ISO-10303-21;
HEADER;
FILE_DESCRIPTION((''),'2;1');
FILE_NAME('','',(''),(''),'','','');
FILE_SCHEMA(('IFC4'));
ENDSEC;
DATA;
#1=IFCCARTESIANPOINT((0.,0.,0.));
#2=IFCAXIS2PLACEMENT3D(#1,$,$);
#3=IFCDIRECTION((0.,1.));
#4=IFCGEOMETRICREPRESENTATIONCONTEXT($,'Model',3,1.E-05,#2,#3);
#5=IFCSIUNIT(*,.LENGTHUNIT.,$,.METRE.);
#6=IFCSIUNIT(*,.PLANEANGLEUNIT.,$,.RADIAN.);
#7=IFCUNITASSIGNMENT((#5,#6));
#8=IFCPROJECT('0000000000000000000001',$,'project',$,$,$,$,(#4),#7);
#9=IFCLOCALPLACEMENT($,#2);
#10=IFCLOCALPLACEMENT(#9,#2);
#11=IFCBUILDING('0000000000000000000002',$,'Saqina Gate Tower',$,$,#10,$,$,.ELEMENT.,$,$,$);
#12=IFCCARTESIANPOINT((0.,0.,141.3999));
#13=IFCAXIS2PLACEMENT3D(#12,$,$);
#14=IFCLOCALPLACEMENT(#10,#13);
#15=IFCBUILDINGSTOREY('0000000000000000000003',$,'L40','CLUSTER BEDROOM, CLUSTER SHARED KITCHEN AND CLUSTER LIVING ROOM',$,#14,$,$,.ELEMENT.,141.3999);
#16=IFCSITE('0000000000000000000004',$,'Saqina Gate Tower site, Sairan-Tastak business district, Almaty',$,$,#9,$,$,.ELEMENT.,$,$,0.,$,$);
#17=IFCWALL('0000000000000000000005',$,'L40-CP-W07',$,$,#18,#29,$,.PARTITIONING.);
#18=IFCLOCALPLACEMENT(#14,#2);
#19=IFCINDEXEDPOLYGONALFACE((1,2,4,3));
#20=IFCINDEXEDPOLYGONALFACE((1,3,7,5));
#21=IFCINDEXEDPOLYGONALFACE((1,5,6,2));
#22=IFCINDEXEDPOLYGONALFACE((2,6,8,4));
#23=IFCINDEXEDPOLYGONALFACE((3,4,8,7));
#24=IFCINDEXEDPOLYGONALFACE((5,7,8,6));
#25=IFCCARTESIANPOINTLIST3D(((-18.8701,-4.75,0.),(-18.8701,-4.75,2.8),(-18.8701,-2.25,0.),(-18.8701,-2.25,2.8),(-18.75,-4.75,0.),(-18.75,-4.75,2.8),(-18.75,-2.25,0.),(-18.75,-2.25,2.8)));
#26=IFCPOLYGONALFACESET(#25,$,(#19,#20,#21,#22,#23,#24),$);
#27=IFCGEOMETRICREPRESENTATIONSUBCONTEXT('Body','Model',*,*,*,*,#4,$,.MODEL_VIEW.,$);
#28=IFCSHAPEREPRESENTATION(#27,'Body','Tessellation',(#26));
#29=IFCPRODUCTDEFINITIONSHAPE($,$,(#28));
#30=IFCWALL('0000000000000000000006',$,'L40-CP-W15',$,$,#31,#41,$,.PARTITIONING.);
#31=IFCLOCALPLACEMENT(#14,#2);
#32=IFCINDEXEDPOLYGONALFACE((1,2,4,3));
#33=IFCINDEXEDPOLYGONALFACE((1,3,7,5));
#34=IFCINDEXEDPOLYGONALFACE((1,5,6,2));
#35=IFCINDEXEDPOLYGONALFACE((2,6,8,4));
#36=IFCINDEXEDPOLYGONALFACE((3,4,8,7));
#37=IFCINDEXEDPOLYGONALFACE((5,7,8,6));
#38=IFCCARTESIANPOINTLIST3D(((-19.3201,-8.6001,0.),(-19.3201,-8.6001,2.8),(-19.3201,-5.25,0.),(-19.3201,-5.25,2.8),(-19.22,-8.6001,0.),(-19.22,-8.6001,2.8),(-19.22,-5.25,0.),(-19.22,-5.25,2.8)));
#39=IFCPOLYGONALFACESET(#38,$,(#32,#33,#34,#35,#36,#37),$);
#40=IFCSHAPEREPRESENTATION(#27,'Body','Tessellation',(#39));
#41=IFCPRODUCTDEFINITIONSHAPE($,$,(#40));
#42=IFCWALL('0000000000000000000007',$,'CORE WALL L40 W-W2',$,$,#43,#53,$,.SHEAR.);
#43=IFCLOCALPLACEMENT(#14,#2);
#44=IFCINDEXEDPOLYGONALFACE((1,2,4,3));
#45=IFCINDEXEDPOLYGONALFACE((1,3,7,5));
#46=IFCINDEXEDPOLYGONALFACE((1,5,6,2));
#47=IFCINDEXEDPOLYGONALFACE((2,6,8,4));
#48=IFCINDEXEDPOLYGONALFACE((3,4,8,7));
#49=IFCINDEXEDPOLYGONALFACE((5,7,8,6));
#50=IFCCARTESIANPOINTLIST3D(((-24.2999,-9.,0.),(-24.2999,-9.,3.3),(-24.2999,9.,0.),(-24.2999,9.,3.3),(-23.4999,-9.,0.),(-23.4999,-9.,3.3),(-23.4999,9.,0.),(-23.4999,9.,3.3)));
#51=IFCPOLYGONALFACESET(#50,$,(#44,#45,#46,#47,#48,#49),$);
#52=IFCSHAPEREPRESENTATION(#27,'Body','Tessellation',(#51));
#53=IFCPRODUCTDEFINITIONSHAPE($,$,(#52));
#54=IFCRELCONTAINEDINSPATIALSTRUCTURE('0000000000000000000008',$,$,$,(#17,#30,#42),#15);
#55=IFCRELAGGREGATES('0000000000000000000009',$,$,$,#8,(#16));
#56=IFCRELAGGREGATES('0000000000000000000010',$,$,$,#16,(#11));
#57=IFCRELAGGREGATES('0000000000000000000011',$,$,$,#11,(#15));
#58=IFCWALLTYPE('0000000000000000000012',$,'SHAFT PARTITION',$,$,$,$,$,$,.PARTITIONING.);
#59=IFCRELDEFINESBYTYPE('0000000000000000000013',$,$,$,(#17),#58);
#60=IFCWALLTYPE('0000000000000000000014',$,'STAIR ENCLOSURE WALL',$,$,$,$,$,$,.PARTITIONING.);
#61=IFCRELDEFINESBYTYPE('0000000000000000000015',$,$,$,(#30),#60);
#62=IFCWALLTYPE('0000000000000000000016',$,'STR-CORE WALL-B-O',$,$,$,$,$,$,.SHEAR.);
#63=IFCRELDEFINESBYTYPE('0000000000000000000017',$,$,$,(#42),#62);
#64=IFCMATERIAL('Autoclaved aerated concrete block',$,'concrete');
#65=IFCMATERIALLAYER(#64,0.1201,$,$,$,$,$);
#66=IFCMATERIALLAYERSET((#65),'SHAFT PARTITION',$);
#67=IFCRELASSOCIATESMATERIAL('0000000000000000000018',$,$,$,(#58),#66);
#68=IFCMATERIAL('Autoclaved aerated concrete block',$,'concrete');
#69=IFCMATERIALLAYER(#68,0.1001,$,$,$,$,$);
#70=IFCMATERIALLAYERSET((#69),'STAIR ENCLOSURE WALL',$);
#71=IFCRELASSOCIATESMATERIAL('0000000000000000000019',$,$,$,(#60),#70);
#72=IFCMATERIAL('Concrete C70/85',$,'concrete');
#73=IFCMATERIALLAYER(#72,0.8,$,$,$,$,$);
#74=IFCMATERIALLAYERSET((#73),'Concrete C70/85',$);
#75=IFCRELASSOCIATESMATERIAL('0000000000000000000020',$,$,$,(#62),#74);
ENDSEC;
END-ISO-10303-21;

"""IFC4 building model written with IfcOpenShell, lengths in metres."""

from ifc_helpers import new_model, si_unit, direction, frame, frame_2d, origin, place, context, subcontext, project, spatial, rectangle, extrude, material, layer, layer_set, type_object, element, save


model = new_model("IFC4")

# Units and contexts
model_context = context("Model", 3, precision=1e-05, world=origin(), true_north=direction((0.0, 1.0)))
body_context = subcontext(model_context, "Body", "Model", "MODEL_VIEW")
ifc_project = project(units=[si_unit("LENGTHUNIT", "METRE"), si_unit("PLANEANGLEUNIT", "RADIAN")], contexts=[model_context])

# Site, building, storey
site_placement = place(None, origin())
site = spatial("IfcSite", under=ifc_project, at=site_placement, Name="Saqina Gate Tower site, Sairan-Tastak business district, Almaty", CompositionType="ELEMENT", RefElevation=0.0)
building_placement = place(site_placement, origin())
building = spatial("IfcBuilding", under=site, at=building_placement, Name="Saqina Gate Tower", CompositionType="ELEMENT")
storey_placement = place(building_placement, frame((0.0, 0.0, 141.3999)))
storey = spatial("IfcBuildingStorey", under=building, at=storey_placement, Name="L40", Description="CLUSTER BEDROOM, CLUSTER SHARED KITCHEN AND CLUSTER LIVING ROOM", CompositionType="ELEMENT", Elevation=141.3999)

# Walls
ifc_material_1 = material(Name="Autoclaved aerated concrete block", Category="concrete")
ifc_layer_1 = layer(ifc_material_1, 0.1201)
ifc_layer_set_1 = layer_set([ifc_layer_1], Name="SHAFT PARTITION")
wall_type_1 = type_object("IfcWallType", Name="SHAFT PARTITION", PredefinedType="PARTITIONING", material=ifc_layer_set_1)
wall_1_placement = place(storey_placement, frame((-18.8101, -4.75, 0.0), z_axis=(0.0, 0.0, 1.0), x_axis=(0.0, 1.0, 0.0)))
element("IfcWall", 1, at=wall_1_placement, inside=storey, type_object=wall_type_1, Name="L40-CP-W07", PredefinedType="PARTITIONING", context=body_context, shape_type="SweptSolid", body=[
    extrude(rectangle(XDim=2.5, YDim=0.1201, at=frame_2d((1.25, 0.0))), origin(), (0.0, 0.0, 1.0), 2.8),
])
ifc_material_2 = material(Name="Autoclaved aerated concrete block", Category="concrete")
ifc_layer_2 = layer(ifc_material_2, 0.1001)
ifc_layer_set_2 = layer_set([ifc_layer_2], Name="STAIR ENCLOSURE WALL")
wall_type_2 = type_object("IfcWallType", Name="STAIR ENCLOSURE WALL", PredefinedType="PARTITIONING", material=ifc_layer_set_2)
wall_2_placement = place(storey_placement, frame((-19.27, -8.6001, 0.0), z_axis=(0.0, 0.0, 1.0), x_axis=(0.0, 1.0, 0.0)))
element("IfcWall", 2, at=wall_2_placement, inside=storey, type_object=wall_type_2, Name="L40-CP-W15", PredefinedType="PARTITIONING", context=body_context, shape_type="SweptSolid", body=[
    extrude(rectangle(XDim=3.3501, YDim=0.1001, at=frame_2d((1.675, 0.0))), origin(), (0.0, 0.0, 1.0), 2.8),
])
ifc_material_3 = material(Name="Concrete C70/85", Category="concrete")
ifc_layer_3 = layer(ifc_material_3, 0.8)
ifc_layer_set_3 = layer_set([ifc_layer_3], Name="Concrete C70/85")
wall_type_3 = type_object("IfcWallType", Name="STR-CORE WALL-B-O", PredefinedType="SHEAR", material=ifc_layer_set_3)
wall_3_placement = place(storey_placement, frame((-23.8999, -9.0, 0.0), z_axis=(0.0, 0.0, 1.0), x_axis=(0.0, 1.0, 0.0)))
element("IfcWall", 3, at=wall_3_placement, inside=storey, type_object=wall_type_3, Name="CORE WALL L40 W-W2", PredefinedType="SHEAR", context=body_context, shape_type="SweptSolid", body=[
    extrude(rectangle(XDim=18.0, YDim=0.8, at=frame_2d((9.0, 0.0))), origin(), (0.0, 0.0, 1.0), 3.3),
])

save(model, "model.ifc")
